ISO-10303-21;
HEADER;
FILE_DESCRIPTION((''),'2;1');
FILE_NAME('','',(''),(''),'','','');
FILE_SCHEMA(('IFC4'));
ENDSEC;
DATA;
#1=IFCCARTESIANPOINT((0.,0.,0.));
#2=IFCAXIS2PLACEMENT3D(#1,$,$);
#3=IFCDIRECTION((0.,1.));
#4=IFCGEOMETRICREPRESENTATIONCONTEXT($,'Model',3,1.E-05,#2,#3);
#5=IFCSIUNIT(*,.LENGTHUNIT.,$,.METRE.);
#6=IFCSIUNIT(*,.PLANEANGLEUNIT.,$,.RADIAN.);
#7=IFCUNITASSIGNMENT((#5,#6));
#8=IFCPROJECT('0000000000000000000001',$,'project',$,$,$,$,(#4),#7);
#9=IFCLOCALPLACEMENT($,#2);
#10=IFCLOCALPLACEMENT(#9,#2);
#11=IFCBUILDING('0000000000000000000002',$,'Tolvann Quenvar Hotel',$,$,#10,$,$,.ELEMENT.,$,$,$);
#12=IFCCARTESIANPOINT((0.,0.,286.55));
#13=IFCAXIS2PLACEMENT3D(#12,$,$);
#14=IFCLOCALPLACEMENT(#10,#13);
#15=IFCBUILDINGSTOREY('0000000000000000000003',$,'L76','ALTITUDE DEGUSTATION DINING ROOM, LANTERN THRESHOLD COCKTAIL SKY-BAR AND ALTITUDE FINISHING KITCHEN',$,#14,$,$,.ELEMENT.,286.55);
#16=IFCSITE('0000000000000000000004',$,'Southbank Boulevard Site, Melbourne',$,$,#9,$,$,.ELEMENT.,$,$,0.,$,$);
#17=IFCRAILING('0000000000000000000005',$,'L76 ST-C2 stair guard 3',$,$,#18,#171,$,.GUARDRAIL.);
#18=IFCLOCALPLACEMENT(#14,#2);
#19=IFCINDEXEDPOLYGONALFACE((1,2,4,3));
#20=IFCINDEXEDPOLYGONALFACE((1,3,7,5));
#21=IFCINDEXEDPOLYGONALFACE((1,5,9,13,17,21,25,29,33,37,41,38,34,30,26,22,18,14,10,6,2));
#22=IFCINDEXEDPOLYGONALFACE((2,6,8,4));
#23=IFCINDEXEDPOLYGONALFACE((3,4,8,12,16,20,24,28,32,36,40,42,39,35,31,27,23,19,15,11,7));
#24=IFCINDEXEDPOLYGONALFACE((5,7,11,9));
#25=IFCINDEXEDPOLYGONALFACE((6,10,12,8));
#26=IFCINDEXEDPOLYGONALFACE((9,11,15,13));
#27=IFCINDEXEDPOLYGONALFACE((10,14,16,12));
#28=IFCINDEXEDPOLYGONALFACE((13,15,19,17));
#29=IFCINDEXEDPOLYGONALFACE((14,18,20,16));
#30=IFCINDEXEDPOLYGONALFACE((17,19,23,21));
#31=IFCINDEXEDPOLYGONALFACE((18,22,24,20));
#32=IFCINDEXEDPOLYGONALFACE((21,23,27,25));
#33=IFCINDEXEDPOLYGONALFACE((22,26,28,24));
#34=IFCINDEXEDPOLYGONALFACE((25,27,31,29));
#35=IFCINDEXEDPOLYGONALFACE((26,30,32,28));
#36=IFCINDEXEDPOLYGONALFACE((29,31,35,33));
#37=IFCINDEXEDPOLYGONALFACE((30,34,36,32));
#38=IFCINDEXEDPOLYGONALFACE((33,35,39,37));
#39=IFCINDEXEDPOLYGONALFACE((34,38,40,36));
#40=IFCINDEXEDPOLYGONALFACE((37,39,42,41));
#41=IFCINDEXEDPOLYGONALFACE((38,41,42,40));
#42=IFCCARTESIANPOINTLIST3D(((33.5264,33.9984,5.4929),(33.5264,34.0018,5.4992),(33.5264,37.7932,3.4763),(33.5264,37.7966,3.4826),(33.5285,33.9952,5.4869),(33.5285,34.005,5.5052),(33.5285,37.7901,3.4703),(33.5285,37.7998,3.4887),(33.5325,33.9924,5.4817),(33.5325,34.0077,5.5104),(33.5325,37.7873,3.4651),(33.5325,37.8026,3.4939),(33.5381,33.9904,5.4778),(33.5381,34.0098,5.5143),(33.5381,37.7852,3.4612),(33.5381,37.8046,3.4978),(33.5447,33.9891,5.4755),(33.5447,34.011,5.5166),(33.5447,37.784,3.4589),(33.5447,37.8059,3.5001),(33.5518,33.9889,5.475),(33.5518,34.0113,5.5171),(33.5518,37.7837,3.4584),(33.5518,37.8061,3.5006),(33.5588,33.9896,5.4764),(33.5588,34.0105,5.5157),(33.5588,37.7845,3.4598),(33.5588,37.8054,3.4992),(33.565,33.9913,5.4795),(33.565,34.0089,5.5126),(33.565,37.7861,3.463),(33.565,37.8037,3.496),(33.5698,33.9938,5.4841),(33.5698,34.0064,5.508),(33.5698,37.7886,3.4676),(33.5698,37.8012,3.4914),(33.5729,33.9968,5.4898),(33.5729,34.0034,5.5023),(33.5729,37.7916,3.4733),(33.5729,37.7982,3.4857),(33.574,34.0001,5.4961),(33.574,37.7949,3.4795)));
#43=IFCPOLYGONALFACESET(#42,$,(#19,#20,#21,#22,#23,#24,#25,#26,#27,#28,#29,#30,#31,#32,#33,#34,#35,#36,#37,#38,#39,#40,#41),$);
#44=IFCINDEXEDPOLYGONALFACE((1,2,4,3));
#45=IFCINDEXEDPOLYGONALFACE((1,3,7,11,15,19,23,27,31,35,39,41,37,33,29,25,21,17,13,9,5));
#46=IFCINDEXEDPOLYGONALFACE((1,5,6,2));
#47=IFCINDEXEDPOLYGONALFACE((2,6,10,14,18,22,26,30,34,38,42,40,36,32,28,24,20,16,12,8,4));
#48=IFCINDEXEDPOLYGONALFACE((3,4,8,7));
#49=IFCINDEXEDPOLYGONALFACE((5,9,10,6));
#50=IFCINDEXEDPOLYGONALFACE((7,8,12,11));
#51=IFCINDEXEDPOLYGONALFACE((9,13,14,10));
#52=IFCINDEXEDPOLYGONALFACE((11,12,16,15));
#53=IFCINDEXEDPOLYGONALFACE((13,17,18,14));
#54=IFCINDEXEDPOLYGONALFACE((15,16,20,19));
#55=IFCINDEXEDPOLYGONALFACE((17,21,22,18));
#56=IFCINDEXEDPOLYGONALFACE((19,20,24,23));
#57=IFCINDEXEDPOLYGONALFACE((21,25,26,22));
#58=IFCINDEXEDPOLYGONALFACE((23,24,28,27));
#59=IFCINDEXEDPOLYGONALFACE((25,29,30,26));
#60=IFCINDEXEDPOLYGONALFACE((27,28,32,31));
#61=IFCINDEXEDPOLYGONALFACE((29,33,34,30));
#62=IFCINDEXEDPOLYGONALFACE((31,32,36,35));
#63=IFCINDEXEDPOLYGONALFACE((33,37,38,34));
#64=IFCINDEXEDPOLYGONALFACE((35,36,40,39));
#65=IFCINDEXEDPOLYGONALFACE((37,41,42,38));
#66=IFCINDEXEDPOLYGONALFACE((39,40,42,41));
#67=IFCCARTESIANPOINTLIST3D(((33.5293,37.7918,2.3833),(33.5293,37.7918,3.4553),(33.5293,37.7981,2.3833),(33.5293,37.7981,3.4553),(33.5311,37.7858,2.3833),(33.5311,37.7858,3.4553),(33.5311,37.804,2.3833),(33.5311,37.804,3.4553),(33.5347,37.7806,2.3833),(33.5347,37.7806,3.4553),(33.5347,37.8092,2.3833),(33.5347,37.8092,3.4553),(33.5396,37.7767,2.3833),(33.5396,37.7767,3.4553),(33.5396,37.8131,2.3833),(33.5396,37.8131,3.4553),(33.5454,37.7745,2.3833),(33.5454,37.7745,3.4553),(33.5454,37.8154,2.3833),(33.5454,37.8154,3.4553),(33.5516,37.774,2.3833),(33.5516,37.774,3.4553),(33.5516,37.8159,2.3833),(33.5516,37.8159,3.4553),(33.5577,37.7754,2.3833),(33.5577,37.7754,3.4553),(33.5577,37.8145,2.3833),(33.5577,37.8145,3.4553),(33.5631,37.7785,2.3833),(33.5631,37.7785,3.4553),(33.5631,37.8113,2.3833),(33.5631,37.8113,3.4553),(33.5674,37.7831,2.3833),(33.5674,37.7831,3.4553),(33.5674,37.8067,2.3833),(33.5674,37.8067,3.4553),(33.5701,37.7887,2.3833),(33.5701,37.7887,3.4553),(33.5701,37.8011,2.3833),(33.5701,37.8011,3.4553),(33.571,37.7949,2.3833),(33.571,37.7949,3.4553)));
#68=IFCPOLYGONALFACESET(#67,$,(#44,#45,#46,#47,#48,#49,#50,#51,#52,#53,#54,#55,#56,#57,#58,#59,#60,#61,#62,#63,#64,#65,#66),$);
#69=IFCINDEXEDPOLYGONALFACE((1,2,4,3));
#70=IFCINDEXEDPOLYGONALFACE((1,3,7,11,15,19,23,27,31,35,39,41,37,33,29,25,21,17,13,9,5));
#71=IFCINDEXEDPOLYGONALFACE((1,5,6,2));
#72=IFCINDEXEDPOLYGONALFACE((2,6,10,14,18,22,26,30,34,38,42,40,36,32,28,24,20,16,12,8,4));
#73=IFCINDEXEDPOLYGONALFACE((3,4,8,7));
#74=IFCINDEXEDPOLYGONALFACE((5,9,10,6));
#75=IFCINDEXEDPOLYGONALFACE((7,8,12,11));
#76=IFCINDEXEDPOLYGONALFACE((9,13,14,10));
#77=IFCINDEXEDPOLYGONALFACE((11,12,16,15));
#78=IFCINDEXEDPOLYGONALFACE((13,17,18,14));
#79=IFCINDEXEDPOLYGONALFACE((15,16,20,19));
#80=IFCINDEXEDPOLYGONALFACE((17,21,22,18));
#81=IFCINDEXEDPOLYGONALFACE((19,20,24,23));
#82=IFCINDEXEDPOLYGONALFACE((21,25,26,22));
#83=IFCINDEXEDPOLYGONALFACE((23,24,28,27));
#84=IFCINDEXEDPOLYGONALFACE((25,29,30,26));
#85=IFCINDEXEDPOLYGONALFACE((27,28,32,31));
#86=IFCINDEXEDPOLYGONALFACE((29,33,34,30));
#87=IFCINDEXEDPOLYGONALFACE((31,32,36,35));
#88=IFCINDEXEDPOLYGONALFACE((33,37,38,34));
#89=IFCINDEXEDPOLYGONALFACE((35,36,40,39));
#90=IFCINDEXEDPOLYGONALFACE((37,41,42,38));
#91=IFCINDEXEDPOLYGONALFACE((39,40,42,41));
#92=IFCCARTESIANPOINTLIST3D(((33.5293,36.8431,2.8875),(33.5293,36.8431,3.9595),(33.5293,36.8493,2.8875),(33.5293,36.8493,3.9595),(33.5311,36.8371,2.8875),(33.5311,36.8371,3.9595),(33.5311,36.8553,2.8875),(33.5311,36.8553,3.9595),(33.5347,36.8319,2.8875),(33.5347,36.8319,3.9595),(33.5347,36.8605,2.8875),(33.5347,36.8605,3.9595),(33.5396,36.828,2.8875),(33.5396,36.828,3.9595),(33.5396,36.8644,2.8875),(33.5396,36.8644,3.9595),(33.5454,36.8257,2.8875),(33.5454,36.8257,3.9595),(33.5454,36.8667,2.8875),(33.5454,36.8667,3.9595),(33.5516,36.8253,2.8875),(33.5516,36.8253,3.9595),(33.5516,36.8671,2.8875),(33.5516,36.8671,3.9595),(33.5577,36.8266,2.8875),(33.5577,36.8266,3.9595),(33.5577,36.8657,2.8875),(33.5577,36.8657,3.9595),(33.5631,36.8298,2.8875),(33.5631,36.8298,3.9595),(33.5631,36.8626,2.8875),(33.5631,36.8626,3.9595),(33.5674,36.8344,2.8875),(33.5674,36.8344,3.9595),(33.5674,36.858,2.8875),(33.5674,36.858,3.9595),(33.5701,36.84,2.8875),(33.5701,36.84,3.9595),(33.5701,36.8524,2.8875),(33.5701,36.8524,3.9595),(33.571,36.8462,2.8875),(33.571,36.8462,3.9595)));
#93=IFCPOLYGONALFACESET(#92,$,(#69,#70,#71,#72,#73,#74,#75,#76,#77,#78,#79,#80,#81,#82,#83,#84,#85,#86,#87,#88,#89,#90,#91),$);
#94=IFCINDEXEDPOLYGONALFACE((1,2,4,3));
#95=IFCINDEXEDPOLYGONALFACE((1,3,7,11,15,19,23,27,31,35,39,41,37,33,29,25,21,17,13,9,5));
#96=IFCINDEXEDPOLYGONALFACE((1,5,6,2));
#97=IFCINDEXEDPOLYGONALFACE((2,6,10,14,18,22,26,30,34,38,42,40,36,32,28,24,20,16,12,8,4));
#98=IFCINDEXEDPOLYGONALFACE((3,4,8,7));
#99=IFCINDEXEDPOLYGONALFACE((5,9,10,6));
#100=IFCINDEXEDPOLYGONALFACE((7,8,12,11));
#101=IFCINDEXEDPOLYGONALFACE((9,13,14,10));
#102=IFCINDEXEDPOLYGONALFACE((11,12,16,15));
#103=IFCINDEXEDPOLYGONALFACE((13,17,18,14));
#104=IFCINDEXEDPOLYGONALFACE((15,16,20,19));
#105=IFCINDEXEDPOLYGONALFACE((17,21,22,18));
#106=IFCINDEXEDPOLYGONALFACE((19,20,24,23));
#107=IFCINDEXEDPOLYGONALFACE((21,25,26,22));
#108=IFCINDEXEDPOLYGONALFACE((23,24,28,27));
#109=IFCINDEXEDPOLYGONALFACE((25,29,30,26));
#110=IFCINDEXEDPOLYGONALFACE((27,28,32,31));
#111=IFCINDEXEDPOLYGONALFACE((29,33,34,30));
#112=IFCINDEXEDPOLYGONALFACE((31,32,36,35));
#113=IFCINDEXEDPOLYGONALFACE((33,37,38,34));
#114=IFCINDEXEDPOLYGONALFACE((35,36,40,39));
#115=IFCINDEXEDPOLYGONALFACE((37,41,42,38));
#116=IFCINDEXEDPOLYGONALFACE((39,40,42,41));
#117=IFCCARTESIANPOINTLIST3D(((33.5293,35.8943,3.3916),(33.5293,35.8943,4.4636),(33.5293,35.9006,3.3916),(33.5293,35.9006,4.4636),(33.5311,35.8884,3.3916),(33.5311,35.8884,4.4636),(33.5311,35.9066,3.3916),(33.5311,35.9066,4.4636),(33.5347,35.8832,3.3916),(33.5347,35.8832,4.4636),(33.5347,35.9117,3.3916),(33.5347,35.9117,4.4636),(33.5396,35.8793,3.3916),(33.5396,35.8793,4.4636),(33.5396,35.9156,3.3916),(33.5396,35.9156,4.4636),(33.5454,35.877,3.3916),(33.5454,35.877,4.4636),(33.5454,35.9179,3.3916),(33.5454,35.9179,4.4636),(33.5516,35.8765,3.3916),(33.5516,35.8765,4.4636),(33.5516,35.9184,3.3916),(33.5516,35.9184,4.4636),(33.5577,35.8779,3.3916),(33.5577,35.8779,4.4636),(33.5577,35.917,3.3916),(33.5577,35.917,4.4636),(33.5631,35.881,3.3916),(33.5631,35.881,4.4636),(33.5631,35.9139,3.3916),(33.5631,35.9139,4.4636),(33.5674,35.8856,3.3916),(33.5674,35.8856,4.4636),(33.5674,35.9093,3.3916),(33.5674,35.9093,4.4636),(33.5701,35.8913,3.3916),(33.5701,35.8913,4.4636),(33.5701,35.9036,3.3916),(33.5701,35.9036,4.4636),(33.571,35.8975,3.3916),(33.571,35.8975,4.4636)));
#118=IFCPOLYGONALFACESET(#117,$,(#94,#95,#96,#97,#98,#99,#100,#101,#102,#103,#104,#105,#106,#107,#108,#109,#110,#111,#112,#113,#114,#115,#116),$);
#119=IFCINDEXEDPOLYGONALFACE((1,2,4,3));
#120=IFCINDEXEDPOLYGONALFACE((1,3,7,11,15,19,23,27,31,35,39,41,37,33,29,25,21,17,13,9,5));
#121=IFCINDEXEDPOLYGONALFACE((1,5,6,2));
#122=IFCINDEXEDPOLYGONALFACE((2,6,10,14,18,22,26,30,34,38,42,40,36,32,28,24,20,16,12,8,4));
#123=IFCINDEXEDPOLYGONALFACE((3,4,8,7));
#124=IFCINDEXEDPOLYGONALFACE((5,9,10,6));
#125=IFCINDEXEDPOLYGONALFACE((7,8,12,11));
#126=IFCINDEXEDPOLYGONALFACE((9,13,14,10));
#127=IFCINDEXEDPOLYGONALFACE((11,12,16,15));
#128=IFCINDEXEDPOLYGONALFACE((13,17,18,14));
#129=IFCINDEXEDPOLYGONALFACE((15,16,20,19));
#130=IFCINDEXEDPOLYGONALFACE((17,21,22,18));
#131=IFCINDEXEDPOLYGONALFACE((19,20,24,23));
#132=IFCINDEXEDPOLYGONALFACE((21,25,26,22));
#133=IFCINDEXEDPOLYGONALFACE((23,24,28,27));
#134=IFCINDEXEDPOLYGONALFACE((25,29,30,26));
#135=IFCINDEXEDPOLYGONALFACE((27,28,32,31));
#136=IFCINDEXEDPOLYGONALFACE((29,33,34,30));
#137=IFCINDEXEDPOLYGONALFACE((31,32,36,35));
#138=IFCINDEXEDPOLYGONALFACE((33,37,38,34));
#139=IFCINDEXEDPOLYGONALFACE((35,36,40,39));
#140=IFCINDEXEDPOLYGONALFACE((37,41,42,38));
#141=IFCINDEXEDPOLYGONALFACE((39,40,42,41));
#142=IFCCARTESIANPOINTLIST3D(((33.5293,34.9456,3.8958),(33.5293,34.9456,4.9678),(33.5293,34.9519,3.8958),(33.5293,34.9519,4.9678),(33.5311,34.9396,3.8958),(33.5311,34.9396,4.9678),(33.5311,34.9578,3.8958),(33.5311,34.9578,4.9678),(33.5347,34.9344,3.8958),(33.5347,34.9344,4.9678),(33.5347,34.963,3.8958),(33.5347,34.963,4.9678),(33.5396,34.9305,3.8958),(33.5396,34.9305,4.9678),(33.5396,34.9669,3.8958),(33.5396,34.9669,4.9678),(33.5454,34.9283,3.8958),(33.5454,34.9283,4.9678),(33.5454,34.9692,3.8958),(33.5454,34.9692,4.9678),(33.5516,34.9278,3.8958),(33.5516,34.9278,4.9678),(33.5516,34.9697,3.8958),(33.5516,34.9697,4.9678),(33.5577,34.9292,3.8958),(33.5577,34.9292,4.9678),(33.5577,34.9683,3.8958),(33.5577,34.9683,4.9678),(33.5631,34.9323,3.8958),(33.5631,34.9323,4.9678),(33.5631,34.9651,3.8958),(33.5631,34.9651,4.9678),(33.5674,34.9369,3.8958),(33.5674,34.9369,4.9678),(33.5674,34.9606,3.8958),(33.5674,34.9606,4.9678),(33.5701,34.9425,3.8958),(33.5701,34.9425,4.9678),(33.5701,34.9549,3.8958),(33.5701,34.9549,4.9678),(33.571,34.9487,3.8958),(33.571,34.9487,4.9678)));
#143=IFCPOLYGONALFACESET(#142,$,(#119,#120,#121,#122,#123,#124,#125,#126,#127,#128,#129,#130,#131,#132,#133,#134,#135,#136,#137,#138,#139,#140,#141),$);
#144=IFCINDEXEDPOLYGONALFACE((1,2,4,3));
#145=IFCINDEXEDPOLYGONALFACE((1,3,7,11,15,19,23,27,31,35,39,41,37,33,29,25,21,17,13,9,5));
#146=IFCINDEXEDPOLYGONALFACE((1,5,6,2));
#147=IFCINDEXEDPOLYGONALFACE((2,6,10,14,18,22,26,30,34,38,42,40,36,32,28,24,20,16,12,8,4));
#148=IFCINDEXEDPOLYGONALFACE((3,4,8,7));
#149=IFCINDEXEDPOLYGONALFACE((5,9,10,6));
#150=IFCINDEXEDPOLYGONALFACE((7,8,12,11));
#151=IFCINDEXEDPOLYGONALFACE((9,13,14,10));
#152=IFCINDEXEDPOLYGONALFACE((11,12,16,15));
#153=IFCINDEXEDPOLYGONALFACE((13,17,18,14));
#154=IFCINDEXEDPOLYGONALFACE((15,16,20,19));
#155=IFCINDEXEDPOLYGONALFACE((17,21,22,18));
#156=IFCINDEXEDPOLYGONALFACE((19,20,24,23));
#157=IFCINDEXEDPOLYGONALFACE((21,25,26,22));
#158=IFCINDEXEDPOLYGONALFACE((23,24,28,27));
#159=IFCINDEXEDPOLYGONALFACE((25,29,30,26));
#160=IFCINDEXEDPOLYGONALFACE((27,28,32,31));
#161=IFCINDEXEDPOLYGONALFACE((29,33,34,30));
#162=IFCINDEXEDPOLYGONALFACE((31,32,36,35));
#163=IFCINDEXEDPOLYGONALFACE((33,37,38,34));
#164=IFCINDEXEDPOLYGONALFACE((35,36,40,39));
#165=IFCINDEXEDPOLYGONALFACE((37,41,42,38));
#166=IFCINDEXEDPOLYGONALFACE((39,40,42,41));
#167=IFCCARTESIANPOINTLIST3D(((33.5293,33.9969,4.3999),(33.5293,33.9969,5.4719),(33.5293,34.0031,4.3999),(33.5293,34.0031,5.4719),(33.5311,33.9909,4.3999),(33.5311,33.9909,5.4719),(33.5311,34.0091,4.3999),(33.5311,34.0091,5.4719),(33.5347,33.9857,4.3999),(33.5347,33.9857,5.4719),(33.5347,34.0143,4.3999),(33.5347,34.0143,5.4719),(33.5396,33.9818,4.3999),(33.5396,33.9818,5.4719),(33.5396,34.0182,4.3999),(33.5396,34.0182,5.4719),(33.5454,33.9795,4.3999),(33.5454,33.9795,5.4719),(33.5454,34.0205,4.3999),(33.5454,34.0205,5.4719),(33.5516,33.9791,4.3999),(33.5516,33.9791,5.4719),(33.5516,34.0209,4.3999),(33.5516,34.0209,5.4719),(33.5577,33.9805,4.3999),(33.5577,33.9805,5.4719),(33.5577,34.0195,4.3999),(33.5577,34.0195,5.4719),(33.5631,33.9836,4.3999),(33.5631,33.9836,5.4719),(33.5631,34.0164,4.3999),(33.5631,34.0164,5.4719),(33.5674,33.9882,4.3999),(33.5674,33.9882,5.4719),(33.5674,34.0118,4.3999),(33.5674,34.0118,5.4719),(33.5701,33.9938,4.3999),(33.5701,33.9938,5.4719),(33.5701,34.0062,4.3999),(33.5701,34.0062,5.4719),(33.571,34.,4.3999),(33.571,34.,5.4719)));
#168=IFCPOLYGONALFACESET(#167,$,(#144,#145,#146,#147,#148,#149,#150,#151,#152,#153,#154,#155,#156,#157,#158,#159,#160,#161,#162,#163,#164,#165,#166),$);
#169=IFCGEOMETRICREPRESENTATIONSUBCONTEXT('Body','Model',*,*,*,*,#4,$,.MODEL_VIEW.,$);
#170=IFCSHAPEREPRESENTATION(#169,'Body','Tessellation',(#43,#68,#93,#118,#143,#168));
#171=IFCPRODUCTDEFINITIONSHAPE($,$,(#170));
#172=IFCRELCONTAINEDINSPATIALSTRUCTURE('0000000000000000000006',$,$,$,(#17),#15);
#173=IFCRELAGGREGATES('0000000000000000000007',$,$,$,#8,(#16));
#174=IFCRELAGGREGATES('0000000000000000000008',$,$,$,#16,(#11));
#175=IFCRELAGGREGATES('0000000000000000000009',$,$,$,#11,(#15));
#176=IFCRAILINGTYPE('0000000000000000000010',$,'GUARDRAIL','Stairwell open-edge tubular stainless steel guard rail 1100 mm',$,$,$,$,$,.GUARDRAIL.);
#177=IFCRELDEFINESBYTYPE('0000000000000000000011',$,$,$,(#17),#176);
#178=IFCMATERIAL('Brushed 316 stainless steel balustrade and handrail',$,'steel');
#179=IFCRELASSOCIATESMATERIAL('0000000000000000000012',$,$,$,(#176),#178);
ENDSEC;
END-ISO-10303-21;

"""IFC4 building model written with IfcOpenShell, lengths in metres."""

from ifc_helpers import new_model, si_unit, direction, frame, origin, origin_2d, place, context, subcontext, project, spatial, circle, extrude, material, type_object, element, save


model = new_model("IFC4")

# Units and contexts
model_context = context("Model", 3, precision=1e-05, world=origin(), true_north=direction((0.0, 1.0)))
body_context = subcontext(model_context, "Body", "Model", "MODEL_VIEW")
ifc_project = project(units=[si_unit("LENGTHUNIT", "METRE"), si_unit("PLANEANGLEUNIT", "RADIAN")], contexts=[model_context])

# Site, building, storey
site_placement = place(None, origin())
site = spatial("IfcSite", under=ifc_project, at=site_placement, Name="Southbank Boulevard Site, Melbourne", CompositionType="ELEMENT", RefElevation=0.0)
building_placement = place(site_placement, origin())
building = spatial("IfcBuilding", under=site, at=building_placement, Name="Tolvann Quenvar Hotel", CompositionType="ELEMENT")
storey_placement = place(building_placement, frame((0.0, 0.0, 286.55)))
storey = spatial("IfcBuildingStorey", under=building, at=storey_placement, Name="L76", Description="ALTITUDE DEGUSTATION DINING ROOM, LANTERN THRESHOLD COCKTAIL SKY-BAR AND ALTITUDE FINISHING KITCHEN", CompositionType="ELEMENT", Elevation=286.55)

# Railing
ifc_material_1 = material(Name="Brushed 316 stainless steel balustrade and handrail", Category="steel")
railing_type_1 = type_object("IfcRailingType", Name="GUARDRAIL", Description="Stairwell open-edge tubular stainless steel guard rail 1100 mm", PredefinedType="GUARDRAIL", material=ifc_material_1)
railing_1_placement = place(storey_placement, frame((33.55, 37.7949, 2.3833)))
element("IfcRailing", 1, at=railing_1_placement, inside=storey, type_object=railing_type_1, Name="L76 ST-C2 stair guard 3", PredefinedType="GUARDRAIL", context=body_context, shape_type="SweptSolid", body=[
    extrude(circle(Radius=0.0239, at=origin_2d()), frame((0.0, 0.0, 1.0962), z_axis=(0.0, -0.883063, 0.469255), x_axis=(1.0, 0.0, 0.0)), (0.0, 0.0, 1.0), 4.2974),
    extrude(circle(Radius=0.021, at=origin_2d()), origin(), (0.0, 0.0, 1.0), 1.072),
    extrude(circle(Radius=0.021, at=origin_2d()), frame((0.0, -0.9487, 0.5042)), (0.0, 0.0, 1.0), 1.072),
    extrude(circle(Radius=0.021, at=origin_2d()), frame((0.0, -1.8975, 1.0083)), (0.0, 0.0, 1.0), 1.072),
    extrude(circle(Radius=0.021, at=origin_2d()), frame((0.0, -2.8462, 1.5125)), (0.0, 0.0, 1.0), 1.072),
    extrude(circle(Radius=0.021, at=origin_2d()), frame((0.0, -3.7949, 2.0166)), (0.0, 0.0, 1.0), 1.072),
])

save(model, "model.ifc")
